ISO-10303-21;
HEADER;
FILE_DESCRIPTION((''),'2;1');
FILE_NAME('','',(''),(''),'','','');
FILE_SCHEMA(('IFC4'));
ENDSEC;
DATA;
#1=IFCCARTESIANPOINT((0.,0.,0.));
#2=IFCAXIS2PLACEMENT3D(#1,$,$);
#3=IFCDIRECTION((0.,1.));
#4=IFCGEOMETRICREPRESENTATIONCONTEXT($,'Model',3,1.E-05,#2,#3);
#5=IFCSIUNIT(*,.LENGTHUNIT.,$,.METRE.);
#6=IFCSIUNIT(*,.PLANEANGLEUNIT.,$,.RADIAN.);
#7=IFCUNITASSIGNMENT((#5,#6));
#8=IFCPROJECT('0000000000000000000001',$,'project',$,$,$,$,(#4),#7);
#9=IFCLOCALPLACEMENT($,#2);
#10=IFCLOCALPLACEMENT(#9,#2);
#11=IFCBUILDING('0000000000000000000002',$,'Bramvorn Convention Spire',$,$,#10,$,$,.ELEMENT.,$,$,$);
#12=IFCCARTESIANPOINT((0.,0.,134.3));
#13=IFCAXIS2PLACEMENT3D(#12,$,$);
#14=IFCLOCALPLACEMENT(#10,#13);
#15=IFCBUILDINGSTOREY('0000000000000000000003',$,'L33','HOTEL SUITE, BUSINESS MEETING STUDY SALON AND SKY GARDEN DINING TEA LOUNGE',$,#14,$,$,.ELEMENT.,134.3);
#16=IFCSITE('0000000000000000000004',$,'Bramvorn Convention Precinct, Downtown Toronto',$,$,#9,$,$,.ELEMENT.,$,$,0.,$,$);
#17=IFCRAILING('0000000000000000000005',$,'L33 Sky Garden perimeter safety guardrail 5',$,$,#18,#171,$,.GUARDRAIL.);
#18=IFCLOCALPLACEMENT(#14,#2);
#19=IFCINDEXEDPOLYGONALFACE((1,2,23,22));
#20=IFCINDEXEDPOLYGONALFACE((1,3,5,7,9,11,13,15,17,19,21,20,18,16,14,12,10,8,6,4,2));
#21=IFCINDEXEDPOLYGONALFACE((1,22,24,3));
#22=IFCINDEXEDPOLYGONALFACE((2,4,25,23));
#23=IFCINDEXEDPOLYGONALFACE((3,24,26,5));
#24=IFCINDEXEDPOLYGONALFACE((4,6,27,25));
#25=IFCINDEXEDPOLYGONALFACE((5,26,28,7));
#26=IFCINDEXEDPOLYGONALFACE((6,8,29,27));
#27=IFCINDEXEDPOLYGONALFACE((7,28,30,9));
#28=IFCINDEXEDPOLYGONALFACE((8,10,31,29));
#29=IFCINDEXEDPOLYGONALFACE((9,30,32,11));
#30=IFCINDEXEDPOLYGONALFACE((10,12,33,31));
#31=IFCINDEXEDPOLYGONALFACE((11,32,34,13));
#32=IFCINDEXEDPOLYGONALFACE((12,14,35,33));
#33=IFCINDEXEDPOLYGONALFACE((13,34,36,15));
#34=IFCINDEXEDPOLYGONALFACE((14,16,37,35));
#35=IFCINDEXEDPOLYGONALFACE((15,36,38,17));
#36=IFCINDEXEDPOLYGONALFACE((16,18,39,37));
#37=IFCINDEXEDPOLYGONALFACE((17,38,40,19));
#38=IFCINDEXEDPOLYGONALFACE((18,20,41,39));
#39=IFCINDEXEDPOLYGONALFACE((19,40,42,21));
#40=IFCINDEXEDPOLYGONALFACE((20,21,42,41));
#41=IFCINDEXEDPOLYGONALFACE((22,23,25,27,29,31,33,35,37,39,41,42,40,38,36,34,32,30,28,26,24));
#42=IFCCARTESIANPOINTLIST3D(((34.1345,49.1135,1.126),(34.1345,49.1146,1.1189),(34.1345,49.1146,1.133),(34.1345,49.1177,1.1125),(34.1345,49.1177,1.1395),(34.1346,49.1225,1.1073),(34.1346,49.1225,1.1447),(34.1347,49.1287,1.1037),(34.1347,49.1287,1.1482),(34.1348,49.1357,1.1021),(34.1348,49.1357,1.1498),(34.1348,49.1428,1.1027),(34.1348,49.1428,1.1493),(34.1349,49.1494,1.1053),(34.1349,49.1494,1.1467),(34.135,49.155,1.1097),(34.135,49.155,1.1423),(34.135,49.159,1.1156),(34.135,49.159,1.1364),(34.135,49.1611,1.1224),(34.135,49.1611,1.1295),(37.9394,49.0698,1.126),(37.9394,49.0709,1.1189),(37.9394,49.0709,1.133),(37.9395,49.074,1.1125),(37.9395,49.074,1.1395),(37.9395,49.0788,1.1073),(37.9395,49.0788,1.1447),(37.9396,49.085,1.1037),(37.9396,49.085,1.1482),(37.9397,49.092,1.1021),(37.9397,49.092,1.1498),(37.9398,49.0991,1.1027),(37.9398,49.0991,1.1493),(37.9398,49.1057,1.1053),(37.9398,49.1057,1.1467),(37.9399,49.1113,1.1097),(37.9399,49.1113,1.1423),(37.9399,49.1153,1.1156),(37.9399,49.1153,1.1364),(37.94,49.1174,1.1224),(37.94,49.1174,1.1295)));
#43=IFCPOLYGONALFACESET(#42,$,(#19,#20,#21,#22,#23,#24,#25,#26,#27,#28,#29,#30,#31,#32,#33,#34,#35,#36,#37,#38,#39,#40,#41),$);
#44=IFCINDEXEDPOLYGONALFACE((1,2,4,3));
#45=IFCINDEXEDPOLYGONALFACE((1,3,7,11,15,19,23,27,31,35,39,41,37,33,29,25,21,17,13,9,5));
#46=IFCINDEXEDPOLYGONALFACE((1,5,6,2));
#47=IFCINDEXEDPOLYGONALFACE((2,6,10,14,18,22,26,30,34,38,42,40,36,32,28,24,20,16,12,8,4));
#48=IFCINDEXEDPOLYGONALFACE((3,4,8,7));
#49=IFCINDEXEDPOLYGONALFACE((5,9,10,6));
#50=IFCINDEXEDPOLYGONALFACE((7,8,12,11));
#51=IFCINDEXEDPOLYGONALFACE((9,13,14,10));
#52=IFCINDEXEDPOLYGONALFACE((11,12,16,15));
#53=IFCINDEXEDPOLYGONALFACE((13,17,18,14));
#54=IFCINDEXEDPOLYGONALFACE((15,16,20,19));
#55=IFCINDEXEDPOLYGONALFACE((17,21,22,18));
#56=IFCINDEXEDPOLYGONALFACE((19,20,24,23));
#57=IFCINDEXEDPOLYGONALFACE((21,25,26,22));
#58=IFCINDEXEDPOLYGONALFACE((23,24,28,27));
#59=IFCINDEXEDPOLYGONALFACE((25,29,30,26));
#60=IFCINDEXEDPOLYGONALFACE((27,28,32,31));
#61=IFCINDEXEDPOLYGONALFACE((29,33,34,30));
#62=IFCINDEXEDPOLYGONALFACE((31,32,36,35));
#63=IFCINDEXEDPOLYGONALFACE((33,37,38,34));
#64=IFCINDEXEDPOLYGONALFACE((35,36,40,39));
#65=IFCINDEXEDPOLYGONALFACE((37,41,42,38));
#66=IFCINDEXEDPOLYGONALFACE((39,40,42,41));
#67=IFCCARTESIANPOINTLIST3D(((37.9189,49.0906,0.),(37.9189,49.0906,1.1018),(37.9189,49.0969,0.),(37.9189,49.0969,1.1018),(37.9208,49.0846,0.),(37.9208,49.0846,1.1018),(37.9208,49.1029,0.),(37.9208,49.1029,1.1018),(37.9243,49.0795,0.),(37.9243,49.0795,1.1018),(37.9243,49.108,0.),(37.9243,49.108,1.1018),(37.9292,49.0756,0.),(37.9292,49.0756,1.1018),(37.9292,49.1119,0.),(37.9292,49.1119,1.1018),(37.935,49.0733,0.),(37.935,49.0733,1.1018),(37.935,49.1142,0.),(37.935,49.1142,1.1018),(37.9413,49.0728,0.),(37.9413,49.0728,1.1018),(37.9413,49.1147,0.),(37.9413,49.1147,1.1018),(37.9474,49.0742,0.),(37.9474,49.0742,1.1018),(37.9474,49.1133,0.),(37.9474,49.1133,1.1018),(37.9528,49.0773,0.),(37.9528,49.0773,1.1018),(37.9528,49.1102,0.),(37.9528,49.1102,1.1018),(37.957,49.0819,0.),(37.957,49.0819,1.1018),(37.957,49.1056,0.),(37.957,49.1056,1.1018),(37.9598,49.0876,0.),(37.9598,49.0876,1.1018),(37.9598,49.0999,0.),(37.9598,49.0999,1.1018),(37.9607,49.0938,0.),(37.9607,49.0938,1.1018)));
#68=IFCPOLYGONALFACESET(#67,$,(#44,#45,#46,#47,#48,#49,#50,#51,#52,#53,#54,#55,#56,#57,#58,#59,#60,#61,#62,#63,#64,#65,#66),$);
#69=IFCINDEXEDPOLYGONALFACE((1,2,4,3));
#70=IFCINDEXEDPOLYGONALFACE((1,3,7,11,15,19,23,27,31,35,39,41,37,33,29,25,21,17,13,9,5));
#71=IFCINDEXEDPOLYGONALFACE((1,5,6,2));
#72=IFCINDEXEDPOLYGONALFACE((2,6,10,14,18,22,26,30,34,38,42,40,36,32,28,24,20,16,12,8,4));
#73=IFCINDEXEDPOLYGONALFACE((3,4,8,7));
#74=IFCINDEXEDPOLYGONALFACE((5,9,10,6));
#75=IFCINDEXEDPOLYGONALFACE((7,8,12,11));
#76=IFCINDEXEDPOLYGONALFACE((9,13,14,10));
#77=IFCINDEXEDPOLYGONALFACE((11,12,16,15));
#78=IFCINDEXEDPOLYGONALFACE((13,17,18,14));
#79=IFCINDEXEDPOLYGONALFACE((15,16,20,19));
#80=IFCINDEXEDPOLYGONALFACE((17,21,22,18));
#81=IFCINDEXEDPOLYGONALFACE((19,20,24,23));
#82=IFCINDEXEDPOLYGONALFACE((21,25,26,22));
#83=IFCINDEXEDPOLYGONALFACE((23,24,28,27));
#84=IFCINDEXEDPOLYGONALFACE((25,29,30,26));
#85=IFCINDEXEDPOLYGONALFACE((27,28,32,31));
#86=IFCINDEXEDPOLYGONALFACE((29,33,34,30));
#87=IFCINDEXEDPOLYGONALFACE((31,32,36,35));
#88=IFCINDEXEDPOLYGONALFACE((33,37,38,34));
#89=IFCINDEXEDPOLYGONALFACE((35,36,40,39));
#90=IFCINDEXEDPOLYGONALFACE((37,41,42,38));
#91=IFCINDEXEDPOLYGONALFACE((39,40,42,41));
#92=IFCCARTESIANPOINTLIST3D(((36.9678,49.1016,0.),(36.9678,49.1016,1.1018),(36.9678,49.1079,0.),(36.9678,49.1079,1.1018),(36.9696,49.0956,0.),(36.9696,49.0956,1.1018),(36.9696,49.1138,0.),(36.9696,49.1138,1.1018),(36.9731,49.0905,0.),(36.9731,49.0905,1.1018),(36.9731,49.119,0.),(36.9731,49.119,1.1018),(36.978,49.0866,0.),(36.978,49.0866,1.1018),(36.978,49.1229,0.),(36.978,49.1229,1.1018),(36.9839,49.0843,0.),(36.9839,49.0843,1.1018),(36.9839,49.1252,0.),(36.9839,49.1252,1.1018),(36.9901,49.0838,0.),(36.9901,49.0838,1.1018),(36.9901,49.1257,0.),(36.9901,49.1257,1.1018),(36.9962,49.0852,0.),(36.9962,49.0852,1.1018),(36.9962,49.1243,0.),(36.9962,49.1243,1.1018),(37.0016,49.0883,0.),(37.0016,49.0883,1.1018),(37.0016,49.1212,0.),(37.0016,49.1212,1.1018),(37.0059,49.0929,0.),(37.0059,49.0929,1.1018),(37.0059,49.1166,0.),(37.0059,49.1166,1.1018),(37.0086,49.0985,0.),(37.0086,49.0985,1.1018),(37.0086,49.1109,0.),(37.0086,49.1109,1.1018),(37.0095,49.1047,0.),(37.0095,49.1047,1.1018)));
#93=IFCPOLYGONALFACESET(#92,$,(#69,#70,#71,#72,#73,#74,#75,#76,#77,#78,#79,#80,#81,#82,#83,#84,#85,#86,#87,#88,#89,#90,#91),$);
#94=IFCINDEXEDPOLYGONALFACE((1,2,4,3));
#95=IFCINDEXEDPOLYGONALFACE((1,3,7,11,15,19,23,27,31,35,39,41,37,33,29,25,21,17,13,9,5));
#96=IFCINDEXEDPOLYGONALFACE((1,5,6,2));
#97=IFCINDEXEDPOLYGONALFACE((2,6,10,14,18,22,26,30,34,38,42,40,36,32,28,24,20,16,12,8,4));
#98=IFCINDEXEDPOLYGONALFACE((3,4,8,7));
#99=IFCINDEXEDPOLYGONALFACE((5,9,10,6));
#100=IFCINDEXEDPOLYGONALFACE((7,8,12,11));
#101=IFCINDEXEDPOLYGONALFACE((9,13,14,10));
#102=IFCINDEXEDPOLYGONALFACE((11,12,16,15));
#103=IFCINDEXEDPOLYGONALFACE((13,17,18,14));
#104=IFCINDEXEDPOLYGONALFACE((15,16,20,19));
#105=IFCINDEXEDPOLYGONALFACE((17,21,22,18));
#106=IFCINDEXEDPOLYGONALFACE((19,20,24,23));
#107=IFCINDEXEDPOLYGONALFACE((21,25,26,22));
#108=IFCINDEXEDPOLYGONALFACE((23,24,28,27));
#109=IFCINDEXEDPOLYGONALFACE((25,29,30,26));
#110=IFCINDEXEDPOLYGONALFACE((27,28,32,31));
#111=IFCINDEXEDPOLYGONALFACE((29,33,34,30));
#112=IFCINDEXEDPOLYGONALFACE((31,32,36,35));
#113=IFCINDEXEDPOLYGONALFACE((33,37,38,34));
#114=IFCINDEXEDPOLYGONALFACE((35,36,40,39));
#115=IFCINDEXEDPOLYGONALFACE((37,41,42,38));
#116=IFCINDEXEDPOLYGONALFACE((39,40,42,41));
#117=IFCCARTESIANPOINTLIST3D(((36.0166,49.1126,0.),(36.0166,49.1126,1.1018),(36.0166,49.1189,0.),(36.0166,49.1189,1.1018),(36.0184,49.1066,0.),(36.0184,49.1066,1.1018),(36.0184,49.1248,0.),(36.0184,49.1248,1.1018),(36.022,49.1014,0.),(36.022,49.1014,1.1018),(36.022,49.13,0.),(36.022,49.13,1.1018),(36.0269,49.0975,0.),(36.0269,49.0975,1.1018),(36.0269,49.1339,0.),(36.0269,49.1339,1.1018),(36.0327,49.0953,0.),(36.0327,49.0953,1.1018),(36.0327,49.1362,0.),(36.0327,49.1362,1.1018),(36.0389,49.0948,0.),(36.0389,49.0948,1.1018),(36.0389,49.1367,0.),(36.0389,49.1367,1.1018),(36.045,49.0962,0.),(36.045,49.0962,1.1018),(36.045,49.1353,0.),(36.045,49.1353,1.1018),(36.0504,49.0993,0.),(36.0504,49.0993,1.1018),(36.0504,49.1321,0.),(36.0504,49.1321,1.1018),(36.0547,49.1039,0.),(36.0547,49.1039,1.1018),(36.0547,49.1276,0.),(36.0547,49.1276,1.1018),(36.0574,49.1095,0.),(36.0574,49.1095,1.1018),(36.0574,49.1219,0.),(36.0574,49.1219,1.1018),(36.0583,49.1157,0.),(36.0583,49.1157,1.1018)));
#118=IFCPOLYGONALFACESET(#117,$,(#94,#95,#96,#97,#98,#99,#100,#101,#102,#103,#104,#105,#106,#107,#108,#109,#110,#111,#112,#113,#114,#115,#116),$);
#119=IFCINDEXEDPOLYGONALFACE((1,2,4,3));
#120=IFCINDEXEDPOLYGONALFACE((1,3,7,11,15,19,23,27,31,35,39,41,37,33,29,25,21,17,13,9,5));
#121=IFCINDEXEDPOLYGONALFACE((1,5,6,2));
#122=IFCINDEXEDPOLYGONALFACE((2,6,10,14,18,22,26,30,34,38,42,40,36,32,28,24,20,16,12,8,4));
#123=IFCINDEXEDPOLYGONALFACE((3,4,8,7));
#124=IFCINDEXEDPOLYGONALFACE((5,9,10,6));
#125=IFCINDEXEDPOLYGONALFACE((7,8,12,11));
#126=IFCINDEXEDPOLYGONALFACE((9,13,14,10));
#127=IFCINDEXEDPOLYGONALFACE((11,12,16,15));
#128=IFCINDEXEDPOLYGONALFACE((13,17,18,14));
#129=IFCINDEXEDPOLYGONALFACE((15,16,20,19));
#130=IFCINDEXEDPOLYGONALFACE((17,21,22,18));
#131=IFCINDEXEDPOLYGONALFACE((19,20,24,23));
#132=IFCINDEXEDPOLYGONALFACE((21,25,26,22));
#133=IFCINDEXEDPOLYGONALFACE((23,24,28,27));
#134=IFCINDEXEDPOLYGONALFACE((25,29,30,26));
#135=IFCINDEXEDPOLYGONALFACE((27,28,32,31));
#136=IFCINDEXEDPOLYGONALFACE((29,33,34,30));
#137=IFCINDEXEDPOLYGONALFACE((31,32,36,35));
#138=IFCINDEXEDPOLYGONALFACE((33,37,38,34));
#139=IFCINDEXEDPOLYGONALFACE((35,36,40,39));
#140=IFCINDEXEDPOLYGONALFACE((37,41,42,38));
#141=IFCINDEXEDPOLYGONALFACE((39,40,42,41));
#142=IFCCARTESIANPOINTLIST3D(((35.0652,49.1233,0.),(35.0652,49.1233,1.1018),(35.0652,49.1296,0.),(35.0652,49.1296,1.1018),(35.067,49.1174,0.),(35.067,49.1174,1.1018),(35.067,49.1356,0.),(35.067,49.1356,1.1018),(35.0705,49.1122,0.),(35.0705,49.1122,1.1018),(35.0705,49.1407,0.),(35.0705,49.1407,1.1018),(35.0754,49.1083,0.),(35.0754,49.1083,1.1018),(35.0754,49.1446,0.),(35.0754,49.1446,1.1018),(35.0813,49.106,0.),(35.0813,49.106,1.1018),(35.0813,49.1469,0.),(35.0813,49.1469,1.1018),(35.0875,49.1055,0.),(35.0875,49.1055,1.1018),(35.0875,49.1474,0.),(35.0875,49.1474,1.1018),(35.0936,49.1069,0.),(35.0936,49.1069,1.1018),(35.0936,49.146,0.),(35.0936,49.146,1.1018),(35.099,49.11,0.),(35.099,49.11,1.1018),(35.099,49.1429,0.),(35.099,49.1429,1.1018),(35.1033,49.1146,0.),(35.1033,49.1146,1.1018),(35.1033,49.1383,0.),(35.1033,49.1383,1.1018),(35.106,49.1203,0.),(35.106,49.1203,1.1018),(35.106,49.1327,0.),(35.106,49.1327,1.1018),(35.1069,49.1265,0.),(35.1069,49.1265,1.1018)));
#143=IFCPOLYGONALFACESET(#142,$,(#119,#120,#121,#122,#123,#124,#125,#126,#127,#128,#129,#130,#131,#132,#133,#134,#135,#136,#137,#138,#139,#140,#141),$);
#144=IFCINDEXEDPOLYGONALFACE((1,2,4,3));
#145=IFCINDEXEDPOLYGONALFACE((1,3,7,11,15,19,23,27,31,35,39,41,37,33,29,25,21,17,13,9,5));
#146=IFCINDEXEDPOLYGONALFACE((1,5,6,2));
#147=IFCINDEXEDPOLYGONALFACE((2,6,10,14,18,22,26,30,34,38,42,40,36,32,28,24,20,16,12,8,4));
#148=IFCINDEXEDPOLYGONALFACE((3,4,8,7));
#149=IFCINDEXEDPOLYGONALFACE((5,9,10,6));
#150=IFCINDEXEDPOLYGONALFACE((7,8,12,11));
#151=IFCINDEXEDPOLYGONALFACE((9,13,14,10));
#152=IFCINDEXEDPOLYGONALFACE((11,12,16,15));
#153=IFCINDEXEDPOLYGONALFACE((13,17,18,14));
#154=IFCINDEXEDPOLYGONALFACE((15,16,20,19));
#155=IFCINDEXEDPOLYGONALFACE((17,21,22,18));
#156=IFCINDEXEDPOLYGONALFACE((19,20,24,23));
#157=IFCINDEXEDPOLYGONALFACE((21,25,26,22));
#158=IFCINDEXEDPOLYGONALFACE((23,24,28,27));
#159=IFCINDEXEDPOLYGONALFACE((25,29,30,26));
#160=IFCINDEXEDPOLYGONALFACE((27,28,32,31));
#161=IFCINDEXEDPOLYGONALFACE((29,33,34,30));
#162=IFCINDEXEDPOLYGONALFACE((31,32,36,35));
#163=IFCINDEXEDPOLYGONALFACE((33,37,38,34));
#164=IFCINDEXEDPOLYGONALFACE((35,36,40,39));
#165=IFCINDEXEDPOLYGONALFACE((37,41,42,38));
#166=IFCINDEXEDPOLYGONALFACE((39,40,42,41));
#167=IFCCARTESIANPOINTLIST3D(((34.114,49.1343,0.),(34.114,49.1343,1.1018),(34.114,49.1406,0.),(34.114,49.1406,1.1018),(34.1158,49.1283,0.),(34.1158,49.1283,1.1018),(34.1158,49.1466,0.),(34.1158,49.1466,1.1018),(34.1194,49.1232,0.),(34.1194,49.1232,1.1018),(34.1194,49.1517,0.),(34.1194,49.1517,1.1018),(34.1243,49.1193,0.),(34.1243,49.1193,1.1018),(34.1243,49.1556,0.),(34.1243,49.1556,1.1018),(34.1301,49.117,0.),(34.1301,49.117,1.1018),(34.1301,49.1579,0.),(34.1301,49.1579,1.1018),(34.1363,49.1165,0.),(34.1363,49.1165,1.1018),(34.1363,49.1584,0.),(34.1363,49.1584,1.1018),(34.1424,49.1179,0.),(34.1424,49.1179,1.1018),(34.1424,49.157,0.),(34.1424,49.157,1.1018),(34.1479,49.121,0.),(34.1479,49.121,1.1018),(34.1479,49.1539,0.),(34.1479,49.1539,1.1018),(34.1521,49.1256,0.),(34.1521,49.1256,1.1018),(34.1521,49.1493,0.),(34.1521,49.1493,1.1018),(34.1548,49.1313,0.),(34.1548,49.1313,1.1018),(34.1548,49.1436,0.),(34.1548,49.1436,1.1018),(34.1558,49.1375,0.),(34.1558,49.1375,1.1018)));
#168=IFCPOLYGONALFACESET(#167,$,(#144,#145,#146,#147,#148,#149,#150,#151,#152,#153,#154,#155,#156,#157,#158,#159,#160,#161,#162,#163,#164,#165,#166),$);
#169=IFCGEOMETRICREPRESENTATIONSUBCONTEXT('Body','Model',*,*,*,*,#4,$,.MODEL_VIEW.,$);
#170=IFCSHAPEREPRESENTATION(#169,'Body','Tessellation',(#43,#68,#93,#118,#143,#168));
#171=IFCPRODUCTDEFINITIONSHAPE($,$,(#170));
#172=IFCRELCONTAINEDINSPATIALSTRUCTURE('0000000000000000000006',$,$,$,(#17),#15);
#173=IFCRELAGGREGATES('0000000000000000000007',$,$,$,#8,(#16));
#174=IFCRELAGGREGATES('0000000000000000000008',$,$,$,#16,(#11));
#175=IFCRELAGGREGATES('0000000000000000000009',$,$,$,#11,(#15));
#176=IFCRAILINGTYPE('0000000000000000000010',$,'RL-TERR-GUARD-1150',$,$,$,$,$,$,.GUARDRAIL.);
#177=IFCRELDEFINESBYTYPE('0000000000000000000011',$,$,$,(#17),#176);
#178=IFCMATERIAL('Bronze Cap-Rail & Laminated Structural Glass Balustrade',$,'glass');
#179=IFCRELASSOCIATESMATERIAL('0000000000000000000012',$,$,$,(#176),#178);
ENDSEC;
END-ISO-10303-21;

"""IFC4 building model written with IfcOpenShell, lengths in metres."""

from ifc_helpers import new_model, si_unit, direction, frame, origin, origin_2d, place, context, subcontext, project, spatial, circle, extrude, material, type_object, element, save


model = new_model("IFC4")

# Units and contexts
model_context = context("Model", 3, precision=1e-05, world=origin(), true_north=direction((0.0, 1.0)))
body_context = subcontext(model_context, "Body", "Model", "MODEL_VIEW")
ifc_project = project(units=[si_unit("LENGTHUNIT", "METRE"), si_unit("PLANEANGLEUNIT", "RADIAN")], contexts=[model_context])

# Site, building, storey
site_placement = place(None, origin())
site = spatial("IfcSite", under=ifc_project, at=site_placement, Name="Bramvorn Convention Precinct, Downtown Toronto", CompositionType="ELEMENT", RefElevation=0.0)
building_placement = place(site_placement, origin())
building = spatial("IfcBuilding", under=site, at=building_placement, Name="Bramvorn Convention Spire", CompositionType="ELEMENT")
storey_placement = place(building_placement, frame((0.0, 0.0, 134.3)))
storey = spatial("IfcBuildingStorey", under=building, at=storey_placement, Name="L33", Description="HOTEL SUITE, BUSINESS MEETING STUDY SALON AND SKY GARDEN DINING TEA LOUNGE", CompositionType="ELEMENT", Elevation=134.3)

# Railing
ifc_material_1 = material(Name="Bronze Cap-Rail & Laminated Structural Glass Balustrade", Category="glass")
railing_type = type_object("IfcRailingType", Name="RL-TERR-GUARD-1150", PredefinedType="GUARDRAIL", material=ifc_material_1)
railing_1_placement = place(storey_placement, frame((37.9397, 49.0938, 0.0)))
element("IfcRailing", 1, at=railing_1_placement, inside=storey, type_object=railing_type, Name="L33 Sky Garden perimeter safety guardrail 5", PredefinedType="GUARDRAIL", context=body_context, shape_type="SweptSolid", body=[
    extrude(circle(Radius=0.0239, at=origin_2d()), frame((0.0, 0.0, 1.126), z_axis=(-0.999934, 0.011485, 0.0), x_axis=(-0.011485, -0.999934, 0.0)), (0.0, 0.0, 1.0), 3.8052),
    extrude(circle(Radius=0.021, at=origin_2d()), origin(), (0.0, 0.0, 1.0), 1.1018),
    extrude(circle(Radius=0.021, at=origin_2d()), frame((-0.9512, 0.011, 0.0)), (0.0, 0.0, 1.0), 1.1018),
    extrude(circle(Radius=0.021, at=origin_2d()), frame((-1.9023, 0.022, 0.0)), (0.0, 0.0, 1.0), 1.1018),
    extrude(circle(Radius=0.021, at=origin_2d()), frame((-2.8538, 0.0327, 0.0)), (0.0, 0.0, 1.0), 1.1018),
    extrude(circle(Radius=0.021, at=origin_2d()), frame((-3.8049, 0.0437, 0.0)), (0.0, 0.0, 1.0), 1.1018),
])

save(model, "model.ifc")
